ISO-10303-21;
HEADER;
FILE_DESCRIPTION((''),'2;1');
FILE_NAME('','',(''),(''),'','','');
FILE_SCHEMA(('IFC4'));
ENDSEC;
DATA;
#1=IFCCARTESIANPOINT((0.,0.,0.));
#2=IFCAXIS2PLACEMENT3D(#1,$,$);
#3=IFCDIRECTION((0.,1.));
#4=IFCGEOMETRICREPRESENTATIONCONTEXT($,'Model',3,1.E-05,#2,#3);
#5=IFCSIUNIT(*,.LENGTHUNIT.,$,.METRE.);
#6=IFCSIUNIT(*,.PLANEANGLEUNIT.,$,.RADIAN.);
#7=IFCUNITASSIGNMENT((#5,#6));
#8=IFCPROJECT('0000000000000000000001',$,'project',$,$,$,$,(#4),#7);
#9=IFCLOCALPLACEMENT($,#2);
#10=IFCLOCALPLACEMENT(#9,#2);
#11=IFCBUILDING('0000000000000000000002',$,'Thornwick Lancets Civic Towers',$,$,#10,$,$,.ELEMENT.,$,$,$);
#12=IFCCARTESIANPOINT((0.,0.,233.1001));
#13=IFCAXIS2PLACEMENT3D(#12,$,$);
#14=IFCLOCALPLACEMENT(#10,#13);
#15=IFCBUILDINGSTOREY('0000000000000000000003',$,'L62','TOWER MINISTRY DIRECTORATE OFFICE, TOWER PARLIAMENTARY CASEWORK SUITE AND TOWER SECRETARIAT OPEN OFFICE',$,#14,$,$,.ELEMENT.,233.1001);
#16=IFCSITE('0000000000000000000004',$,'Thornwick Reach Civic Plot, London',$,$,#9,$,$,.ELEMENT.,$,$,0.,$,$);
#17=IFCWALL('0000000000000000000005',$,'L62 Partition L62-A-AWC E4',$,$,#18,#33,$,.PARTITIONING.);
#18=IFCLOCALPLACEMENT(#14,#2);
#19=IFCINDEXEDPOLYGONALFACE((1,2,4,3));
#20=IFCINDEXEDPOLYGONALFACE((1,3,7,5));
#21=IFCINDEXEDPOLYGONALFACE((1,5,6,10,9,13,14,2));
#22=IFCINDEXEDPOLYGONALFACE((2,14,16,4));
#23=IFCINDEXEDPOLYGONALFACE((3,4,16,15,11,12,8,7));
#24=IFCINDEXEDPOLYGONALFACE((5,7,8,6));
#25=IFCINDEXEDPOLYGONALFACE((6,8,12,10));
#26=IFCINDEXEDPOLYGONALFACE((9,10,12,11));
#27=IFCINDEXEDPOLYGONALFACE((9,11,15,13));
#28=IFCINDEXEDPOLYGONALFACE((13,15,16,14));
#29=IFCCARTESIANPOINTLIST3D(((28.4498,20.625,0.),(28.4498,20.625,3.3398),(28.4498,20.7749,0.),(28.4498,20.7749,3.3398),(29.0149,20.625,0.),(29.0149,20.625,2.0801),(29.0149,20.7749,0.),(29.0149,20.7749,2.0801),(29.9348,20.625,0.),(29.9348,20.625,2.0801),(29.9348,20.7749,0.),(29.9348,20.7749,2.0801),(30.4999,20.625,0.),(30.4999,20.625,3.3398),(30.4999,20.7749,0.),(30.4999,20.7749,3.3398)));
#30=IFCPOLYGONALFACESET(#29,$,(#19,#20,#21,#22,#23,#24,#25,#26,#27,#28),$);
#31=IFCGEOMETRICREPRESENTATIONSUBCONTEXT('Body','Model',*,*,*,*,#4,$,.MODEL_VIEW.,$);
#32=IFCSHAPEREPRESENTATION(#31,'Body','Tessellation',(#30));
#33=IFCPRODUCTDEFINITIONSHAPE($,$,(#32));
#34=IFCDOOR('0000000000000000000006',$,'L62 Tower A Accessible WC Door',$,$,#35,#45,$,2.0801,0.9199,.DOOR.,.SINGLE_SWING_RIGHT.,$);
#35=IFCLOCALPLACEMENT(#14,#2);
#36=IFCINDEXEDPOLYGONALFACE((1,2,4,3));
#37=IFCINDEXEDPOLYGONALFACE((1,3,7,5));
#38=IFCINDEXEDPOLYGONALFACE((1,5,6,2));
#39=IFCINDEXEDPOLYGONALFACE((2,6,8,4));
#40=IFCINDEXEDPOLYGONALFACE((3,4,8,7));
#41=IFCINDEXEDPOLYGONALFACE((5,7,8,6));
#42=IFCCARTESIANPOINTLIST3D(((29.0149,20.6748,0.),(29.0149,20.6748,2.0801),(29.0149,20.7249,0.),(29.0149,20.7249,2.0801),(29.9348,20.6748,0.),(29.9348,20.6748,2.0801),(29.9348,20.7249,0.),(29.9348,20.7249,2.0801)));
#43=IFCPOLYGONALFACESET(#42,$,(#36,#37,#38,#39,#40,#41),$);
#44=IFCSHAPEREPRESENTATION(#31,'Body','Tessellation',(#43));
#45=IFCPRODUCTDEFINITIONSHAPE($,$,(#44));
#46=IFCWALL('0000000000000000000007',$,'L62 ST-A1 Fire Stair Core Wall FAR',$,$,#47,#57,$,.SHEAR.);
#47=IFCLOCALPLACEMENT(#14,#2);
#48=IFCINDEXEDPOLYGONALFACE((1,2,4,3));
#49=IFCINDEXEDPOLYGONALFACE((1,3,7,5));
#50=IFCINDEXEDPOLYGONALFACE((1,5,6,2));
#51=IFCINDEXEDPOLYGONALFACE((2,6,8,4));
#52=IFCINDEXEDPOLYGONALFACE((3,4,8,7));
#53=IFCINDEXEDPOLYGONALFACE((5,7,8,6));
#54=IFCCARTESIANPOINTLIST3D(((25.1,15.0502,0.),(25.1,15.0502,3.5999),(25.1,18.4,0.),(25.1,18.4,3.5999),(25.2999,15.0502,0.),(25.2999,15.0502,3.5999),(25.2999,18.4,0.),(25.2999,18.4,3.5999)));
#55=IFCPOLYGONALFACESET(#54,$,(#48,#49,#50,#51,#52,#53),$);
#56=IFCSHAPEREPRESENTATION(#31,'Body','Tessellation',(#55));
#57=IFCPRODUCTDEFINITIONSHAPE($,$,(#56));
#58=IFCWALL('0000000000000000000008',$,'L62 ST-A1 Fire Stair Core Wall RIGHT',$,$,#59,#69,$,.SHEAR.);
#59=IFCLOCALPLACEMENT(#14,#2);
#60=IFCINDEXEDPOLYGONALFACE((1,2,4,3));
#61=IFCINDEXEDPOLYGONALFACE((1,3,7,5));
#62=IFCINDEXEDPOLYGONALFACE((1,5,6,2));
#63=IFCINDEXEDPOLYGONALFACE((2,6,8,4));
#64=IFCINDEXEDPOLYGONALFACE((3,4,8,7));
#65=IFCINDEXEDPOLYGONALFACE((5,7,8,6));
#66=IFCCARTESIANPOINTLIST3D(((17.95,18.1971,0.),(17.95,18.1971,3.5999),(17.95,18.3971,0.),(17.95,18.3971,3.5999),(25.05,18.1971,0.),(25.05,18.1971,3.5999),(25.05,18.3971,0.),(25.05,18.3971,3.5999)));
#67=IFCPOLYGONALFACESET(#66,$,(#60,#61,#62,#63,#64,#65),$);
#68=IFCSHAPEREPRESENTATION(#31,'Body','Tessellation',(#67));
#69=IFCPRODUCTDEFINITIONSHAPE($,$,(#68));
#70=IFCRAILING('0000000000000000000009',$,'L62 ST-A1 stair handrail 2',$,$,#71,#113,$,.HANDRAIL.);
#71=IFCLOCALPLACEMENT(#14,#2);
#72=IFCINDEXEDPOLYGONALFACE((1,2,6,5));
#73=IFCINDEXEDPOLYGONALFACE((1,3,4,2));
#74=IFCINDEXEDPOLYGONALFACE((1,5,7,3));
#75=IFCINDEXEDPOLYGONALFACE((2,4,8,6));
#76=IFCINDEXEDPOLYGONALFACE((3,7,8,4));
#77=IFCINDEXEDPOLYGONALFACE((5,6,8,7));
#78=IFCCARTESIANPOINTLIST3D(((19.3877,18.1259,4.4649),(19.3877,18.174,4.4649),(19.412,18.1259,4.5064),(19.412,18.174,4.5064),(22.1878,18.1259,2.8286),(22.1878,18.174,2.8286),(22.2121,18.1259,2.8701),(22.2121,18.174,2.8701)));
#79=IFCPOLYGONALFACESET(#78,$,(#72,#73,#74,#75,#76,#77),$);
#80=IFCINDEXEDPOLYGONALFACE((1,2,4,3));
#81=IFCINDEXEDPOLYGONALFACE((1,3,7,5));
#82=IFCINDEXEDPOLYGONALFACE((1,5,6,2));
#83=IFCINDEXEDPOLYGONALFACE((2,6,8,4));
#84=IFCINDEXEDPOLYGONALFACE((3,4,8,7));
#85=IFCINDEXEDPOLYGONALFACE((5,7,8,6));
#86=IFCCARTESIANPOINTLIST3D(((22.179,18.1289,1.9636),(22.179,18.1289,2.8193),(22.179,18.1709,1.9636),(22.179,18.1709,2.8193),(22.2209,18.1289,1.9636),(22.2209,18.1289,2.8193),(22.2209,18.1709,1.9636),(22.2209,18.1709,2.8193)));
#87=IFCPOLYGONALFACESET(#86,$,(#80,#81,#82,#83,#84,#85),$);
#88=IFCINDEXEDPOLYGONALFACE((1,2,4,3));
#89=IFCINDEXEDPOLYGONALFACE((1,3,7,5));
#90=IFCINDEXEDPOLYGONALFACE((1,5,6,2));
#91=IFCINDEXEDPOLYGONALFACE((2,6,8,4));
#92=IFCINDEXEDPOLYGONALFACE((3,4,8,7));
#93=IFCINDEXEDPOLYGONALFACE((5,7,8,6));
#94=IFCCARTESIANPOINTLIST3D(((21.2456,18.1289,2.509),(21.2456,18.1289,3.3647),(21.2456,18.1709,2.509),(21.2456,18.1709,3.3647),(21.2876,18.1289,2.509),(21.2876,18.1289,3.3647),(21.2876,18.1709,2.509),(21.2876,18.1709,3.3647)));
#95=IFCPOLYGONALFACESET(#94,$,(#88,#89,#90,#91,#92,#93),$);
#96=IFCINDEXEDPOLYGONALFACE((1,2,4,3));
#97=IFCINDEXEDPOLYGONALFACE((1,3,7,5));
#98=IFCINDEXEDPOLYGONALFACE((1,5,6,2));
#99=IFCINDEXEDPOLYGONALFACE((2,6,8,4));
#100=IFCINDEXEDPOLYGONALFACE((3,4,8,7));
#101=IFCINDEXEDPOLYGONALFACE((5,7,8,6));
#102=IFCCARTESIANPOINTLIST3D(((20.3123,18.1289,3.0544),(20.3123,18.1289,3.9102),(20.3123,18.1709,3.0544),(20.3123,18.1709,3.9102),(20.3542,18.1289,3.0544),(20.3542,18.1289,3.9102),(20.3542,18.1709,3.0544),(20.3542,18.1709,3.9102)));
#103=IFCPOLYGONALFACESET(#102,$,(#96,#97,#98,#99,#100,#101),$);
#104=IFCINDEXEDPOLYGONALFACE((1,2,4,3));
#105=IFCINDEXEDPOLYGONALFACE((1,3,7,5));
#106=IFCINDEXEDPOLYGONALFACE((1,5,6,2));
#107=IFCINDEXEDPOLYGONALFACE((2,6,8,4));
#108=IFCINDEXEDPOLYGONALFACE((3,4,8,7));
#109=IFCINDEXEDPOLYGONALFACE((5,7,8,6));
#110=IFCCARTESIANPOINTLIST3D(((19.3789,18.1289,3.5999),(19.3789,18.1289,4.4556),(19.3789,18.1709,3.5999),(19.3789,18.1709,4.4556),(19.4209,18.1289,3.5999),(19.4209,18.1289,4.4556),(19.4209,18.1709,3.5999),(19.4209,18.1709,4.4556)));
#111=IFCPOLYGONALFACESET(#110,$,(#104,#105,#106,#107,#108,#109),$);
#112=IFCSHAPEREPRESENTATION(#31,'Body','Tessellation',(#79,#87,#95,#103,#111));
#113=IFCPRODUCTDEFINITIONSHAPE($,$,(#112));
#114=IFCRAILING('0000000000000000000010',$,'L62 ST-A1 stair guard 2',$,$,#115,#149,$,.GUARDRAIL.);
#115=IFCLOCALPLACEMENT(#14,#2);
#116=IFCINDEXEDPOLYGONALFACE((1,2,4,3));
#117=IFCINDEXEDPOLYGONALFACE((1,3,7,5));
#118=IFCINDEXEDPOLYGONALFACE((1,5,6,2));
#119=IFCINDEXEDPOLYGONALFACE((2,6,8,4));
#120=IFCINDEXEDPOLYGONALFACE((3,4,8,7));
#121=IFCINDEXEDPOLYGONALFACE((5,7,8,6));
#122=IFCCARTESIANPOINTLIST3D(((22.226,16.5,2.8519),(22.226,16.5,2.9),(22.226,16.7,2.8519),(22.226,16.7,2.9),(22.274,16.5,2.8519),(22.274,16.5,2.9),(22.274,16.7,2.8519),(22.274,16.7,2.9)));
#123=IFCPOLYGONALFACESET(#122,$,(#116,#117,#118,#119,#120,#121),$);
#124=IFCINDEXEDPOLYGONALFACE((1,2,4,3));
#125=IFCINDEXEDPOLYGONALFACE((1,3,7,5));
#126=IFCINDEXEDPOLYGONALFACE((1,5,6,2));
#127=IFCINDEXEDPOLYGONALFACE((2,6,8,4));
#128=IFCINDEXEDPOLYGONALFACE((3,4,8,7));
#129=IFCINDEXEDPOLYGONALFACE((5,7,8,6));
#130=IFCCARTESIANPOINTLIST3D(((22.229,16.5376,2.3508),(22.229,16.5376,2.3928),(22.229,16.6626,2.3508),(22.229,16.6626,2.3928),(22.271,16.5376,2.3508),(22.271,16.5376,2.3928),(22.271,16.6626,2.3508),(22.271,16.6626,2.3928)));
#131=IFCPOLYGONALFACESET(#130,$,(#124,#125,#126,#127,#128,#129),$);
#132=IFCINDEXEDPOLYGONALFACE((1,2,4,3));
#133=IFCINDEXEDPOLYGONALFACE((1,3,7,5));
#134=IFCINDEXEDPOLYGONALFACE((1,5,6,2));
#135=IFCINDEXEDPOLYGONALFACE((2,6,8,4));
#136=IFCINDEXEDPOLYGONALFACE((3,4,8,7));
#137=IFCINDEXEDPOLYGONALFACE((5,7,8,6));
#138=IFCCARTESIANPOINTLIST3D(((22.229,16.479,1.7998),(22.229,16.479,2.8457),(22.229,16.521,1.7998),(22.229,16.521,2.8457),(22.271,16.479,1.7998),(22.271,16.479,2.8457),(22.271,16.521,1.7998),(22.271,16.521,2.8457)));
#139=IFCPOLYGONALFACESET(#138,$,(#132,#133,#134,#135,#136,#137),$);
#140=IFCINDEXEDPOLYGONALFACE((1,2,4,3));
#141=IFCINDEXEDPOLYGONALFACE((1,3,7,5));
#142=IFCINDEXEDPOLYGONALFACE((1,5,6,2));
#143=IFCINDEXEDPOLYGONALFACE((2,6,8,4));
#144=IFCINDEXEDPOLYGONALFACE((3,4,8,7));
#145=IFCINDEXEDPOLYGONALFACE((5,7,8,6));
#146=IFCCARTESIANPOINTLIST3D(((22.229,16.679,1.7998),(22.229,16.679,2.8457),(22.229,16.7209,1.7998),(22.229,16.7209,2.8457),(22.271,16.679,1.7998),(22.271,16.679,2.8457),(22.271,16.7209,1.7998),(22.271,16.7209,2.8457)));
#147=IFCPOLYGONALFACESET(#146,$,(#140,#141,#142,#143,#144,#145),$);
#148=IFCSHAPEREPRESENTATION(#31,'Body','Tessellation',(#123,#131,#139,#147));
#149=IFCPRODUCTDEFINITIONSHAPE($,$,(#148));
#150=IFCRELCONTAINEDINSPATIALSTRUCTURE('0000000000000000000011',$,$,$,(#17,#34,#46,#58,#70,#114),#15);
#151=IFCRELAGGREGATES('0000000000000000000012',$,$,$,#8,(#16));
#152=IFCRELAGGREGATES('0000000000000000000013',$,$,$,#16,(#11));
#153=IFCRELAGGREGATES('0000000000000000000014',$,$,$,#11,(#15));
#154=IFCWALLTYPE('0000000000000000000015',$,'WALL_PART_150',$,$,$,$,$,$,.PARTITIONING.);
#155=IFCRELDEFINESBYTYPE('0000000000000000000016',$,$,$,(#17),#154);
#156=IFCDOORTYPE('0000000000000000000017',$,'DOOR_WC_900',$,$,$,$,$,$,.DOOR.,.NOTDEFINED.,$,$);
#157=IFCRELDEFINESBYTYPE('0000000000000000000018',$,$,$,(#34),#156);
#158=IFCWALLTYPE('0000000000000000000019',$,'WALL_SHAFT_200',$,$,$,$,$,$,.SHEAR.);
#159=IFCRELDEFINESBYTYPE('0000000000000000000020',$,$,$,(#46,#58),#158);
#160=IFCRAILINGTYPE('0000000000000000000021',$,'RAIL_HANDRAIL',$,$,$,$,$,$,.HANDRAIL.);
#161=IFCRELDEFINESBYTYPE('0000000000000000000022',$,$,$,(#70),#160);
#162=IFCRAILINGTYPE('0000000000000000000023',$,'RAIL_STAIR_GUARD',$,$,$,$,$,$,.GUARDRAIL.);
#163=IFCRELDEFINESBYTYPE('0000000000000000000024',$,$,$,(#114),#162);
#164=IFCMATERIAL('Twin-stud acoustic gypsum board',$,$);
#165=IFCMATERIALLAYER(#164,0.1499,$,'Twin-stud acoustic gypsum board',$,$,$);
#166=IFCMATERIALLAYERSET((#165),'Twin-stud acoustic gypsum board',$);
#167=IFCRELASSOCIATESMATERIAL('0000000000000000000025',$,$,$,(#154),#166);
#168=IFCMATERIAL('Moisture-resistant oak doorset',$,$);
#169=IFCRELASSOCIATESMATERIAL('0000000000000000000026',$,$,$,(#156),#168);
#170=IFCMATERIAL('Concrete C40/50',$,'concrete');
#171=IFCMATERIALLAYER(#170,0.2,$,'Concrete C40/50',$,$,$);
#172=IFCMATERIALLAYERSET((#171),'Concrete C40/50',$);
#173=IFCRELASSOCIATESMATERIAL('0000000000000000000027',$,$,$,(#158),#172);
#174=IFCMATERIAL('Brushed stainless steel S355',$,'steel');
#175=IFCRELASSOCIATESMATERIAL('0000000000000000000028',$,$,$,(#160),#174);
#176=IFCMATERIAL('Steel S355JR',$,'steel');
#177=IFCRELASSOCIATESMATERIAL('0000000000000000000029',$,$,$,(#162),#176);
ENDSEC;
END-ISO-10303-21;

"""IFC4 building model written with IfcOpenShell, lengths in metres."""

from ifc_helpers import new_model, si_unit, direction, frame, frame_2d, origin, origin_2d, place, context, subcontext, project, spatial, rectangle, extrude, material, layer, layer_set, type_object, element, fill, save


model = new_model("IFC4")

# Units and contexts
model_context = context("Model", 3, precision=1e-05, world=origin(), true_north=direction((0.0, 1.0)))
body_context = subcontext(model_context, "Body", "Model", "MODEL_VIEW")
ifc_project = project(units=[si_unit("LENGTHUNIT", "METRE"), si_unit("PLANEANGLEUNIT", "RADIAN")], contexts=[model_context])

# Site, building, storey
site_placement = place(None, origin())
site = spatial("IfcSite", under=ifc_project, at=site_placement, Name="Thornwick Reach Civic Plot, London", CompositionType="ELEMENT", RefElevation=0.0)
building_placement = place(site_placement, origin())
building = spatial("IfcBuilding", under=site, at=building_placement, Name="Thornwick Lancets Civic Towers", CompositionType="ELEMENT")
storey_placement = place(building_placement, frame((0.0, 0.0, 233.1001)))
storey = spatial("IfcBuildingStorey", under=building, at=storey_placement, Name="L62", Description="TOWER MINISTRY DIRECTORATE OFFICE, TOWER PARLIAMENTARY CASEWORK SUITE AND TOWER SECRETARIAT OPEN OFFICE", CompositionType="ELEMENT", Elevation=233.1001)

# Shared definitions
ifc_material_1 = material(Name="Steel S355JR", Category="steel")

# Shared definitions
ifc_material_2 = material(Name="Concrete C40/50", Category="concrete")

# Wall, opening, door
ifc_material_3 = material(Name="Twin-stud acoustic gypsum board")
ifc_layer_1 = layer(ifc_material_3, 0.1499, Name="Twin-stud acoustic gypsum board")
ifc_layer_set_1 = layer_set([ifc_layer_1], Name="Twin-stud acoustic gypsum board")
wall_type_1 = type_object("IfcWallType", Name="WALL_PART_150", PredefinedType="PARTITIONING", material=ifc_layer_set_1)
wall_1_placement = place(storey_placement, frame((28.45, 20.7, 0.0), z_axis=(0.0, 0.0, 1.0), x_axis=(1.0, 0.0, 0.0)))
wall_1 = element("IfcWall", 1, at=wall_1_placement, inside=storey, type_object=wall_type_1, Name="L62 Partition L62-A-AWC E4", PredefinedType="PARTITIONING", context=body_context, shape_type="SweptSolid", body=[
    extrude(rectangle(XDim=2.05, YDim=0.1499, at=frame_2d((1.0249, 0.0))), origin(), (0.0, 0.0, 1.0), 3.3398),
])
opening_1_placement = place(wall_1_placement, frame((0.5649, 0.0, 0.0)))
opening_1 = element("IfcOpeningElement", 2, at=opening_1_placement, cuts=wall_1, PredefinedType="OPENING", context=body_context, shape_type="SweptSolid", body=[
    extrude(rectangle(XDim=0.9199, YDim=2.0801, at=frame_2d((0.46, 1.04))), frame((0.0, 0.085, 0.0), z_axis=(0.0, -1.0, 0.0), x_axis=(1.0, 0.0, 0.0)), (0.0, 0.0, 1.0), 0.1699),
])
ifc_material_4 = material(Name="Moisture-resistant oak doorset")
door_type_1 = type_object("IfcDoorType", Name="DOOR_WC_900", OperationType="NOTDEFINED", PredefinedType="DOOR", material=ifc_material_4)
door_1_placement = place(opening_1_placement, origin())
door_1 = element("IfcDoor", 3, at=door_1_placement, inside=storey, type_object=door_type_1, Name="L62 Tower A Accessible WC Door", OperationType="SINGLE_SWING_RIGHT", OverallHeight=2.0801, OverallWidth=0.9199, PredefinedType="DOOR", context=body_context, shape_type="SweptSolid", body=[
    extrude(rectangle(XDim=0.9199, YDim=2.0801, at=frame_2d((0.46, 1.04))), frame((0.0, 0.0249, 0.0), z_axis=(0.0, -1.0, 0.0), x_axis=(1.0, 0.0, 0.0)), (0.0, 0.0, 1.0), 0.05),
])
fill(opening_1, door_1)

# Walls
ifc_layer_2 = layer(ifc_material_2, 0.2, Name="Concrete C40/50")
ifc_layer_set_2 = layer_set([ifc_layer_2], Name="Concrete C40/50")
wall_type_2 = type_object("IfcWallType", Name="WALL_SHAFT_200", PredefinedType="SHEAR", material=ifc_layer_set_2)
wall_2_placement = place(storey_placement, frame((25.2, 18.3999, 0.0), z_axis=(0.0, 0.0, 1.0), x_axis=(0.0, -1.0, 0.0)))
element("IfcWall", 4, at=wall_2_placement, inside=storey, type_object=wall_type_2, Name="L62 ST-A1 Fire Stair Core Wall FAR", PredefinedType="SHEAR", context=body_context, shape_type="SweptSolid", body=[
    extrude(rectangle(XDim=3.3499, YDim=0.2, at=frame_2d((1.6748, 0.0))), origin(), (0.0, 0.0, 1.0), 3.5999),
])
wall_3_placement = place(storey_placement, frame((25.05, 18.2971, 0.0), z_axis=(0.0, 0.0, 1.0), x_axis=(-1.0, 0.0, 0.0)))
element("IfcWall", 5, at=wall_3_placement, inside=storey, type_object=wall_type_2, Name="L62 ST-A1 Fire Stair Core Wall RIGHT", PredefinedType="SHEAR", context=body_context, shape_type="SweptSolid", body=[
    extrude(rectangle(XDim=7.1001, YDim=0.2, at=frame_2d((3.55, 0.0))), origin(), (0.0, 0.0, 1.0), 3.5999),
])

# Railings
ifc_material_5 = material(Name="Brushed stainless steel S355", Category="steel")
railing_type_1 = type_object("IfcRailingType", Name="RAIL_HANDRAIL", PredefinedType="HANDRAIL", material=ifc_material_5)
railing_1_placement = place(storey_placement, frame((22.2, 18.1499, 1.9636)))
element("IfcRailing", 6, at=railing_1_placement, inside=storey, type_object=railing_type_1, Name="L62 ST-A1 stair handrail 2", PredefinedType="HANDRAIL", context=body_context, shape_type="SweptSolid", body=[
    extrude(rectangle(XDim=0.0481, YDim=0.0481, at=origin_2d()), frame((0.0, 0.0, 0.8857), z_axis=(-0.863394, 0.0, 0.504531), x_axis=(0.0, -1.0, 0.0)), (0.0, 0.0, 1.0), 3.2432),
    extrude(rectangle(XDim=0.042, YDim=0.042, at=origin_2d()), origin(), (0.0, 0.0, 1.0), 0.8557),
    extrude(rectangle(XDim=0.042, YDim=0.042, at=origin_2d()), frame((-0.9333, 0.0, 0.5454)), (0.0, 0.0, 1.0), 0.8557),
    extrude(rectangle(XDim=0.042, YDim=0.042, at=origin_2d()), frame((-1.8667, 0.0, 1.0908)), (0.0, 0.0, 1.0), 0.8557),
    extrude(rectangle(XDim=0.042, YDim=0.042, at=origin_2d()), frame((-2.8, 0.0, 1.6362)), (0.0, 0.0, 1.0), 0.8557),
])
railing_type_2 = type_object("IfcRailingType", Name="RAIL_STAIR_GUARD", PredefinedType="GUARDRAIL", material=ifc_material_1)
railing_2_placement = place(storey_placement, frame((22.25, 16.5, 1.7998)))
element("IfcRailing", 7, at=railing_2_placement, inside=storey, type_object=railing_type_2, Name="L62 ST-A1 stair guard 2", PredefinedType="GUARDRAIL", context=body_context, shape_type="SweptSolid", body=[
    extrude(rectangle(XDim=0.0481, YDim=0.0481, at=origin_2d()), frame((0.0, 0.0, 1.0762), z_axis=(0.0, 1.0, 0.0), x_axis=(-1.0, 0.0, 0.0)), (0.0, 0.0, 1.0), 0.2),
    extrude(rectangle(XDim=0.042, YDim=0.042, at=origin_2d()), frame((0.0, 0.0376, 0.572), z_axis=(0.0, 1.0, 0.0), x_axis=(-1.0, 0.0, 0.0)), (0.0, 0.0, 1.0), 0.125),
    extrude(rectangle(XDim=0.042, YDim=0.042, at=origin_2d()), origin(), (0.0, 0.0, 1.0), 1.0459),
    extrude(rectangle(XDim=0.042, YDim=0.042, at=origin_2d()), frame((0.0, 0.2, 0.0)), (0.0, 0.0, 1.0), 1.0459),
])

save(model, "model.ifc")
